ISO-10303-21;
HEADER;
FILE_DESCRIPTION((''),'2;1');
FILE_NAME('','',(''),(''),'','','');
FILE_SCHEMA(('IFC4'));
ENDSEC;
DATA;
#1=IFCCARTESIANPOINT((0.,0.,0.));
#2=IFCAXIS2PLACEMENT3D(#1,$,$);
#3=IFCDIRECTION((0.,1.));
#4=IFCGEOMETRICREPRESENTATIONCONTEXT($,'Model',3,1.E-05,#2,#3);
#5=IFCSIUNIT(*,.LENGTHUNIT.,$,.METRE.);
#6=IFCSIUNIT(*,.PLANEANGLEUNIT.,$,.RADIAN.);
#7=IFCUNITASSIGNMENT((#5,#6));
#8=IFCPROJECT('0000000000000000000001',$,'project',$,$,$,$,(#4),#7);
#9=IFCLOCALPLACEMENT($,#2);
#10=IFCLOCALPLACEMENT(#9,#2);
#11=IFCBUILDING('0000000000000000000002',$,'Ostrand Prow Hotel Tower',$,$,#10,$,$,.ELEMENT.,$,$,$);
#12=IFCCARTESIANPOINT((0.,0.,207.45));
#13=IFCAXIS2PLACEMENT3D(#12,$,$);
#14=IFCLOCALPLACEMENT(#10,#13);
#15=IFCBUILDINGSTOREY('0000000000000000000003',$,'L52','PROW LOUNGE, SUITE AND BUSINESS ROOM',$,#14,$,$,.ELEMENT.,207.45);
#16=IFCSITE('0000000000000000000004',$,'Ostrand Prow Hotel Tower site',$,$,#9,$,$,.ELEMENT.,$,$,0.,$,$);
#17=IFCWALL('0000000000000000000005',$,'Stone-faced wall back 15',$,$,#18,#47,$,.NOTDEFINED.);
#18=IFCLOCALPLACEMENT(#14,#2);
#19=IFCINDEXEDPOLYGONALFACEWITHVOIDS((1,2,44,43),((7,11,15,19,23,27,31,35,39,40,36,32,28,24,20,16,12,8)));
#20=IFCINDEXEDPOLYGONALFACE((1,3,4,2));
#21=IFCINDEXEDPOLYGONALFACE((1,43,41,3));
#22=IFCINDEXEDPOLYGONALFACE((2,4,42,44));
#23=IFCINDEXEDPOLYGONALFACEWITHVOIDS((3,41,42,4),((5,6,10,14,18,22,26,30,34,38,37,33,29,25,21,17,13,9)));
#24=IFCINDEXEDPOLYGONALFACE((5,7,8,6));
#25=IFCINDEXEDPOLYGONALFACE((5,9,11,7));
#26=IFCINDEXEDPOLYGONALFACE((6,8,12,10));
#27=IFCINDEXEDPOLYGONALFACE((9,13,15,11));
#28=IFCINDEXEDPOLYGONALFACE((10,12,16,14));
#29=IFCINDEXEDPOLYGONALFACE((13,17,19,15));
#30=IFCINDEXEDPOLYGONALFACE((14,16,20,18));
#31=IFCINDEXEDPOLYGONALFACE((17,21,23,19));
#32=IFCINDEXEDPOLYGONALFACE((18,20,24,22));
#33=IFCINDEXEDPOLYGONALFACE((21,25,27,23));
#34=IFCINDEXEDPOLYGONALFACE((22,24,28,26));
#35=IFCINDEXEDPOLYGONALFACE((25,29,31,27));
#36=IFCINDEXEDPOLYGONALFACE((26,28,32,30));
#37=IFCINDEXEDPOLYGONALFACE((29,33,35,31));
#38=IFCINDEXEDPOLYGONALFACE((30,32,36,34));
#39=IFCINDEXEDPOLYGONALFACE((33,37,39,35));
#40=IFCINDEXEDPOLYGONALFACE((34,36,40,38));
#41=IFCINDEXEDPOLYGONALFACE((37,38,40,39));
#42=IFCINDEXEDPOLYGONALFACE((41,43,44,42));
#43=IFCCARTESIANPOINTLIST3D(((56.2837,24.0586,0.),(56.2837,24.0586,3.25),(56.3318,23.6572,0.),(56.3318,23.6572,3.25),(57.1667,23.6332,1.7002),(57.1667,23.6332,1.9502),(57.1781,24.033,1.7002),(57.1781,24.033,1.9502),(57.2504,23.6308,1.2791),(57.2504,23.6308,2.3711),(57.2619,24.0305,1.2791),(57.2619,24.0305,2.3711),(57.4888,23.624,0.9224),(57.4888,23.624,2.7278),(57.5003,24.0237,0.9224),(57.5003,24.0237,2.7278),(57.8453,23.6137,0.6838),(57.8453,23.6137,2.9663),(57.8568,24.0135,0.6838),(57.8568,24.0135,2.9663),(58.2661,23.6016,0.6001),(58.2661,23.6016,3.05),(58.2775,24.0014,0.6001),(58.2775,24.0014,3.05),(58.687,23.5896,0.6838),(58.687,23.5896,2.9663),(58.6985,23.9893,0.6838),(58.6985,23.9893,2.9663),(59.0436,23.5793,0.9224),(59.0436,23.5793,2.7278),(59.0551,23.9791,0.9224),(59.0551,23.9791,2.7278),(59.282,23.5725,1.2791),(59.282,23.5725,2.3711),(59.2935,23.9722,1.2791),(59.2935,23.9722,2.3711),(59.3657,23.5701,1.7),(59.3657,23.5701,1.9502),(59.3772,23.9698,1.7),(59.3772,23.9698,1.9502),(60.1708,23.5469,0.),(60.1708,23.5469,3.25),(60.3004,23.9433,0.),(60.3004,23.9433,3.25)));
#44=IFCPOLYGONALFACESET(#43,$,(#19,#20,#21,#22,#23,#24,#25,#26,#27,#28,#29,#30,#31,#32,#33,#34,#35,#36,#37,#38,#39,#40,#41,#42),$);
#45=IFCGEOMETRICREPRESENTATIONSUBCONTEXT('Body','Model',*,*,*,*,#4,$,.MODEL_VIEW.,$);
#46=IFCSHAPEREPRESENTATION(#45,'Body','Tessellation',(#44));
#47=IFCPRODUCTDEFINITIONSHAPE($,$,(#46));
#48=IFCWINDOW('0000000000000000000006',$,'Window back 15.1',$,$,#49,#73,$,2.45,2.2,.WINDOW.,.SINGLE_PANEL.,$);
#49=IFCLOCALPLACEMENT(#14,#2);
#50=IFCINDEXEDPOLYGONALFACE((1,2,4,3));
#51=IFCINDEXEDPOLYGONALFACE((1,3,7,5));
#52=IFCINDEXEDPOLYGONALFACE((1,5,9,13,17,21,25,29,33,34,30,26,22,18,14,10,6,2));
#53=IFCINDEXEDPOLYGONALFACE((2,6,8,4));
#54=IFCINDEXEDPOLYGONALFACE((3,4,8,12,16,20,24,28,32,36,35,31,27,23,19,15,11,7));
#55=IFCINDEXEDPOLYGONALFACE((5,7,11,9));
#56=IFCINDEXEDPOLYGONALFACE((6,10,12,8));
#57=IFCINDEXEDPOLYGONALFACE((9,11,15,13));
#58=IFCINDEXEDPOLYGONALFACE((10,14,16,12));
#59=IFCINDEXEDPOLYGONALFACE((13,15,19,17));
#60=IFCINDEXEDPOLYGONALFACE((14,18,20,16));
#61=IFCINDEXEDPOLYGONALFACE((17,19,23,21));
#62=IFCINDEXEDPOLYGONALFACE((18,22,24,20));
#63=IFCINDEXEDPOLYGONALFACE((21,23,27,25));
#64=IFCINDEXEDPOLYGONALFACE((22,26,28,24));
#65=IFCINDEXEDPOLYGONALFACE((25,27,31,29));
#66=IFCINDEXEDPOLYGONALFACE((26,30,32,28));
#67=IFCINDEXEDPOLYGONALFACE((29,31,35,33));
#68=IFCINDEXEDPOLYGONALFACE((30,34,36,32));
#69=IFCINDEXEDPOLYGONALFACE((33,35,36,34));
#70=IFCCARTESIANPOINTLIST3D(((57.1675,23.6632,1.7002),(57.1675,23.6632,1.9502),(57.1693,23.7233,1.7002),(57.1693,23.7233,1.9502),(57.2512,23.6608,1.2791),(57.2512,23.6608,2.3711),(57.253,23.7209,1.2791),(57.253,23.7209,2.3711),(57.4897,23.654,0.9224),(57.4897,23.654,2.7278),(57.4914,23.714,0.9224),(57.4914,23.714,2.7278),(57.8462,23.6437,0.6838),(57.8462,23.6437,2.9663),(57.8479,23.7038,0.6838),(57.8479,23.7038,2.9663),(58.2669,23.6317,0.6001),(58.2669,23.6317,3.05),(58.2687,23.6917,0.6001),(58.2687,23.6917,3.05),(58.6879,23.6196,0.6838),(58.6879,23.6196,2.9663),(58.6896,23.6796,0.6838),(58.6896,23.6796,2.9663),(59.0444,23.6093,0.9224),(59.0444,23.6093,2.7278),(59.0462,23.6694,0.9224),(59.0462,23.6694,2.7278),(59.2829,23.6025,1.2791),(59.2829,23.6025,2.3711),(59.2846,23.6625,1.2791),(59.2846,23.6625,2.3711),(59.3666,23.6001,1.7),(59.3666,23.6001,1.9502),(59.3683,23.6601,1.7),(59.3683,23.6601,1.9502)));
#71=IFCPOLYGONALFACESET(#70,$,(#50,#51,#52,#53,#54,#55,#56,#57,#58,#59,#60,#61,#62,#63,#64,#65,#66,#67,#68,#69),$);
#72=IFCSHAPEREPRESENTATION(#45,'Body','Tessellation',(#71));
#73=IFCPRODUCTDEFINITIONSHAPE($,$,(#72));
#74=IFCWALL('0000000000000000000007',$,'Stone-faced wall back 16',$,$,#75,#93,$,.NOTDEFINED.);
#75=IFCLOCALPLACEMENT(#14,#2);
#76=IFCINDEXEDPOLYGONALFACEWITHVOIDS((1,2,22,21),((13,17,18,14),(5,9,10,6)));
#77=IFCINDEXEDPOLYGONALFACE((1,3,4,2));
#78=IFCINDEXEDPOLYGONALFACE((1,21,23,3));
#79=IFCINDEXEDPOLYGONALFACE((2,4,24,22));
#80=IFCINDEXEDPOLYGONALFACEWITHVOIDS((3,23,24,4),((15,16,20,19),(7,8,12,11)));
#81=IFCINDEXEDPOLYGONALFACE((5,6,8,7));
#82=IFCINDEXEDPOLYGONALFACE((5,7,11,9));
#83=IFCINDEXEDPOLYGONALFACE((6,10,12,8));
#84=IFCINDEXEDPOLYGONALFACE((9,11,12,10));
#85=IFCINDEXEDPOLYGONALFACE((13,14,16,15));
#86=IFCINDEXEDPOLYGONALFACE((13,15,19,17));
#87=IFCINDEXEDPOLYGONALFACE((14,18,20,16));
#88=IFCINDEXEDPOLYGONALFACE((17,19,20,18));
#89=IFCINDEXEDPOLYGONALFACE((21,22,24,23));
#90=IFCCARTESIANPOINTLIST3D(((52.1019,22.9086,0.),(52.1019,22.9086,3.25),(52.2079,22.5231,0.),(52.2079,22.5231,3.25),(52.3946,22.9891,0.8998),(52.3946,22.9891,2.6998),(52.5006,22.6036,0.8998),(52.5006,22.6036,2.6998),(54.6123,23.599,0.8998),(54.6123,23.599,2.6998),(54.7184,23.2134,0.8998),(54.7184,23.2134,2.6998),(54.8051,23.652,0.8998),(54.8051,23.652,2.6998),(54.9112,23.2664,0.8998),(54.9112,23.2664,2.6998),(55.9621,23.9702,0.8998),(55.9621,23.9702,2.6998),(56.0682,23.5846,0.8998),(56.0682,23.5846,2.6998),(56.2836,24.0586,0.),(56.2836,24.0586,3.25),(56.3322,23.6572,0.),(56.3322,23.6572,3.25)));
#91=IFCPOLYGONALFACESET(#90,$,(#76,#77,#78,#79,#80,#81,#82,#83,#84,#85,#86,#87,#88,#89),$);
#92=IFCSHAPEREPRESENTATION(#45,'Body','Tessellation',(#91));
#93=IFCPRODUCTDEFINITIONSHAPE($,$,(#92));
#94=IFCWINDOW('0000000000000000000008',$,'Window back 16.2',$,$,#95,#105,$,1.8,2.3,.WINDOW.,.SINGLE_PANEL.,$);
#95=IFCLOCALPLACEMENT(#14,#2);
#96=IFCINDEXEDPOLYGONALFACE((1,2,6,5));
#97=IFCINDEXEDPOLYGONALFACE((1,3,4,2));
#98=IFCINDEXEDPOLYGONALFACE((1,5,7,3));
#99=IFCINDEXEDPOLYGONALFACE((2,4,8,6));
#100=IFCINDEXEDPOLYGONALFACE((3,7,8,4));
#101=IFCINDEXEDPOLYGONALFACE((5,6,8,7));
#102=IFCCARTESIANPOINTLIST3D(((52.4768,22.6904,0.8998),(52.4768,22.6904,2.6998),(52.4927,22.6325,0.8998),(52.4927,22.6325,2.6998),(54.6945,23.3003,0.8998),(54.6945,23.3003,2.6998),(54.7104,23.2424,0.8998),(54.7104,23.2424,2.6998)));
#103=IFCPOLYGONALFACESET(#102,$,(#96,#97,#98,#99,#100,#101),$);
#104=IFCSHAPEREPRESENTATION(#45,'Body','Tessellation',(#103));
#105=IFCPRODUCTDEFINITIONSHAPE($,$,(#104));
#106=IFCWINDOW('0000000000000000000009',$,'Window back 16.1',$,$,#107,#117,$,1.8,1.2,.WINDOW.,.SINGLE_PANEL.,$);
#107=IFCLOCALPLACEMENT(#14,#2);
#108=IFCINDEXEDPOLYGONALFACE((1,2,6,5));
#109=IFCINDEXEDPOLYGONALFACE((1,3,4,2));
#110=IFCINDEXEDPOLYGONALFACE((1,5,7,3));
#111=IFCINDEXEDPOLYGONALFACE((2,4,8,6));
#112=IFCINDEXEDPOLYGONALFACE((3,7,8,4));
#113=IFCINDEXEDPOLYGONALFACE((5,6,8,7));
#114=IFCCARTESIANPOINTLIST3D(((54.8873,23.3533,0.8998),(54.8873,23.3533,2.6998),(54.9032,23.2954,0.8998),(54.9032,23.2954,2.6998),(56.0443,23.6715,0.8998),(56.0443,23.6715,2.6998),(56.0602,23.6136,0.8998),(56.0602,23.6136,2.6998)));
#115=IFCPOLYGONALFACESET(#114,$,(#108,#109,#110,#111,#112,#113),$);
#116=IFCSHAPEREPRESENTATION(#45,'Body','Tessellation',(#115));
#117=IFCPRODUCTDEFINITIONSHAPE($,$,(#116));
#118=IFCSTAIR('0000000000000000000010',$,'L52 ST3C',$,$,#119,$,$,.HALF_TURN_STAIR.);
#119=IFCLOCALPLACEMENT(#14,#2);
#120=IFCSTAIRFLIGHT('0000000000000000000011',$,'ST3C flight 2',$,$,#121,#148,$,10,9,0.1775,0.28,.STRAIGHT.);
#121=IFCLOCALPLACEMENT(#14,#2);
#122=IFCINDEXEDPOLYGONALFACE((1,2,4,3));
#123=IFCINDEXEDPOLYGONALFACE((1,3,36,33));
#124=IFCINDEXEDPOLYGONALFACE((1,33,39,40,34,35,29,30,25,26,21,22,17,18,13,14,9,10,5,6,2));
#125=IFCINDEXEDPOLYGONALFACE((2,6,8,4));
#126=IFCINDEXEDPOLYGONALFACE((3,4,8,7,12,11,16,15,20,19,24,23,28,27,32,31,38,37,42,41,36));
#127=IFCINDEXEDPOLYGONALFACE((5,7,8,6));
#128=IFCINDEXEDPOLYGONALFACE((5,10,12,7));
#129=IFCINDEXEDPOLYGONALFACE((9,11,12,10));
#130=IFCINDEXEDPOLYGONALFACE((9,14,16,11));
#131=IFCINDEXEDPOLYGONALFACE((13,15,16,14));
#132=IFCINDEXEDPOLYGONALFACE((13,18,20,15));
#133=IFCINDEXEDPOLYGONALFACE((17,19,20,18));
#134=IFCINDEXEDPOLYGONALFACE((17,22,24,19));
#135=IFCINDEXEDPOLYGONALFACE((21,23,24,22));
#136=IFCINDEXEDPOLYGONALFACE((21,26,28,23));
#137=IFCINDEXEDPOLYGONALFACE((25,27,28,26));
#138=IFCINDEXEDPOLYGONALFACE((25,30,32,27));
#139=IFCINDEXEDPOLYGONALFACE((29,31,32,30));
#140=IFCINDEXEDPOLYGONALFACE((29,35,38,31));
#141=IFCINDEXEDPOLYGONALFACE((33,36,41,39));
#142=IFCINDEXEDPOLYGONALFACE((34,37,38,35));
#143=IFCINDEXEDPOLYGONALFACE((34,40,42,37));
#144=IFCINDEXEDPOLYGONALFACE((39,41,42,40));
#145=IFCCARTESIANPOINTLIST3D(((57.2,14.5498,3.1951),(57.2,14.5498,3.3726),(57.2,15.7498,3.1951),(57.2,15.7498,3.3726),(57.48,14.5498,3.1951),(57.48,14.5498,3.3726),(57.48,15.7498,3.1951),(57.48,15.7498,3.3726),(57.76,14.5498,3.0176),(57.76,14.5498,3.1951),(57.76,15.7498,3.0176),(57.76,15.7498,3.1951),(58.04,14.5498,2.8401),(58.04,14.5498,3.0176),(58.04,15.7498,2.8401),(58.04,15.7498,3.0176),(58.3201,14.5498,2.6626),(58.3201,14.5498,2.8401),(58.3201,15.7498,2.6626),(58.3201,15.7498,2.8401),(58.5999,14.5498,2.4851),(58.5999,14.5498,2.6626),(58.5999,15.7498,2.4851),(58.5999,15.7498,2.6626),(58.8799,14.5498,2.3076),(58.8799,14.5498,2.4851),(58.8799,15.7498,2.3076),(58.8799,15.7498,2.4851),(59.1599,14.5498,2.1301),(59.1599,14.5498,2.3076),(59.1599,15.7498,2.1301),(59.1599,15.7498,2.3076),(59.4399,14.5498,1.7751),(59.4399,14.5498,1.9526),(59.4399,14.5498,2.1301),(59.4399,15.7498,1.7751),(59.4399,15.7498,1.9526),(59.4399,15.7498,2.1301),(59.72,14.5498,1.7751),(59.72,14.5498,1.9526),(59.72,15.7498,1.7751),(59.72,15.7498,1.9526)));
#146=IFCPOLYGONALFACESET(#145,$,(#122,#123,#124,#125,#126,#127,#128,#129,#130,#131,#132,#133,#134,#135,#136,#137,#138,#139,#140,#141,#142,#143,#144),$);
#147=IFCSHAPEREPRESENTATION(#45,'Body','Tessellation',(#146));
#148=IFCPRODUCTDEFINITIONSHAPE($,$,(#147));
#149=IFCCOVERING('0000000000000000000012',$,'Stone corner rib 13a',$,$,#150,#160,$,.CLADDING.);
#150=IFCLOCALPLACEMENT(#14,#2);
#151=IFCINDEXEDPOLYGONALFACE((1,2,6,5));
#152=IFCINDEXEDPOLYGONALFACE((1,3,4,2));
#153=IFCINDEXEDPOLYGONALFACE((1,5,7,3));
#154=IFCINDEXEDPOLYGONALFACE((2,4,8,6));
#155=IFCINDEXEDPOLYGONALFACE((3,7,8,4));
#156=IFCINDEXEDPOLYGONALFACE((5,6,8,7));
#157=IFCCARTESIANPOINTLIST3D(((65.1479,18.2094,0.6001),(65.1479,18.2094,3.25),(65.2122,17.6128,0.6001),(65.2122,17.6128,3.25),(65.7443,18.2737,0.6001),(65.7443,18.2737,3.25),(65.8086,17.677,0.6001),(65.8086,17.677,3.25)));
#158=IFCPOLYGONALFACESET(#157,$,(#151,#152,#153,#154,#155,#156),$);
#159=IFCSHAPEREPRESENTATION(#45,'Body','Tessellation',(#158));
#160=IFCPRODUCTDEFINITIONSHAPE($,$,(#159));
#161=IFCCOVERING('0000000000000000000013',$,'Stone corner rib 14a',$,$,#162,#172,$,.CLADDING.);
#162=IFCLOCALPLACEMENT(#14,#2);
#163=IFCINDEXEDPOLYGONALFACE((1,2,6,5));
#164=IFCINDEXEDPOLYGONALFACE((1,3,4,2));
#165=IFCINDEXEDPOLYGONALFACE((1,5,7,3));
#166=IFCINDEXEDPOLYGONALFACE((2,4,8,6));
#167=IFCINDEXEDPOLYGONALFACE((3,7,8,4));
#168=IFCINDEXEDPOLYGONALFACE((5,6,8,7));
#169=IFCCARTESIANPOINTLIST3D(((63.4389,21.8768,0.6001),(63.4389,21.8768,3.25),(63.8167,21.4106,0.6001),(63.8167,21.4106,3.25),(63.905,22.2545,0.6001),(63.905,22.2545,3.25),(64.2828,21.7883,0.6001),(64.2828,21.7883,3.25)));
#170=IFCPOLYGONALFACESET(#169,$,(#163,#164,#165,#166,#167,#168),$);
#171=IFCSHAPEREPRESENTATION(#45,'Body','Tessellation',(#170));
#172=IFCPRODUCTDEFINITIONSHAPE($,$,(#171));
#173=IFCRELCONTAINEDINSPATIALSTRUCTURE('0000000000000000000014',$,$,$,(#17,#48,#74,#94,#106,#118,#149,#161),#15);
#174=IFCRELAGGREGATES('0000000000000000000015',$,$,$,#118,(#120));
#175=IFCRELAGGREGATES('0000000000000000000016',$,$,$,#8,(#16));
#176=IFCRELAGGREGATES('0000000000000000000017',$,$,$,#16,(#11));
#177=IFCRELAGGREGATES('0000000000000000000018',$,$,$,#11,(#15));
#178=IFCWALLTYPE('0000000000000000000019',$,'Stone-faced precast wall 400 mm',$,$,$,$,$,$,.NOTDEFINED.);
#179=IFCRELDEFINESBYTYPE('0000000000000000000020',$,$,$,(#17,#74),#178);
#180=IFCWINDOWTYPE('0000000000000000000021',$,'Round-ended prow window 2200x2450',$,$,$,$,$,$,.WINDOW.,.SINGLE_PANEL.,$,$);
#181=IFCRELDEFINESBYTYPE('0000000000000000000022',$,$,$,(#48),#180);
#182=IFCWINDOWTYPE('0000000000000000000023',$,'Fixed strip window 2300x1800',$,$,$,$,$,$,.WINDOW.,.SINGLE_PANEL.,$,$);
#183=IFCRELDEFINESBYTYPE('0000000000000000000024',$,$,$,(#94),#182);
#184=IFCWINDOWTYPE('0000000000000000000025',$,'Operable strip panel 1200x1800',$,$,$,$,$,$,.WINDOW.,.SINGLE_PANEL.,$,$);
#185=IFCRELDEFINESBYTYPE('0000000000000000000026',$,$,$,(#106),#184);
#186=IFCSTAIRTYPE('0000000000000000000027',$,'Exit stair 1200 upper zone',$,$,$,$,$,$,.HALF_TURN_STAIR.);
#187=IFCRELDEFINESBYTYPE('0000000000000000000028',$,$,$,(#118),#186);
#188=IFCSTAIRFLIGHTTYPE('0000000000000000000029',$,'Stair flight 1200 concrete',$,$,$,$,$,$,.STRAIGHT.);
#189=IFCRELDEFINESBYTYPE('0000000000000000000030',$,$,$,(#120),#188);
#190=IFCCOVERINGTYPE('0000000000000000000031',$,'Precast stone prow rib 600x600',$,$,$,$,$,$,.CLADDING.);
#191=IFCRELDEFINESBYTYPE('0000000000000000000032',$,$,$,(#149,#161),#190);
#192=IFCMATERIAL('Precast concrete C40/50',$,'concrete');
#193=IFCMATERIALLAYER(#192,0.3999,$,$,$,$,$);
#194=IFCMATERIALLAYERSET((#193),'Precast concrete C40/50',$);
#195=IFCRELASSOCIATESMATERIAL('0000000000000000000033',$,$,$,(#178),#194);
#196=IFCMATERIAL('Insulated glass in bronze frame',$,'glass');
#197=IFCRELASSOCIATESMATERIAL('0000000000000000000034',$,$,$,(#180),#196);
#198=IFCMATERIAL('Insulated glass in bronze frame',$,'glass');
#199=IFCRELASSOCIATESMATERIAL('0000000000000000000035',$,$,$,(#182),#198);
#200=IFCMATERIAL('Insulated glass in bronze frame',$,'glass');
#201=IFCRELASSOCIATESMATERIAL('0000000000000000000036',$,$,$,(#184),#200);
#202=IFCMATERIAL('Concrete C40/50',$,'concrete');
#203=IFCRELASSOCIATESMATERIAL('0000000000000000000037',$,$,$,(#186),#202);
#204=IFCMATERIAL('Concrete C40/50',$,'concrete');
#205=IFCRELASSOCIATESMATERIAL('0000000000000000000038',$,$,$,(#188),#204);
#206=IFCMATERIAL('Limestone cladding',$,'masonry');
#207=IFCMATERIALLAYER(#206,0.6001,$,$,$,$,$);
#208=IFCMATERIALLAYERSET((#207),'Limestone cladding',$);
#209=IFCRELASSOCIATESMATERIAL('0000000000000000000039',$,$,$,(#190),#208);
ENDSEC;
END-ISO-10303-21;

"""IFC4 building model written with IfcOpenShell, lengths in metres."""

from ifc_helpers import new_model, si_unit, direction, frame, frame_2d, origin, place, context, subcontext, project, spatial, polyline, rectangle, outline, extrude, material, layer, layer_set, type_object, element, fill, aggregate, save


model = new_model("IFC4")

# Units and contexts
model_context = context("Model", 3, precision=1e-05, world=origin(), true_north=direction((0.0, 1.0)))
body_context = subcontext(model_context, "Body", "Model", "MODEL_VIEW")
ifc_project = project(units=[si_unit("LENGTHUNIT", "METRE"), si_unit("PLANEANGLEUNIT", "RADIAN")], contexts=[model_context])

# Site, building, storey
site_placement = place(None, origin())
site = spatial("IfcSite", under=ifc_project, at=site_placement, Name="Ostrand Prow Hotel Tower site", CompositionType="ELEMENT", RefElevation=0.0)
building_placement = place(site_placement, origin())
building = spatial("IfcBuilding", under=site, at=building_placement, Name="Ostrand Prow Hotel Tower", CompositionType="ELEMENT")
storey_placement = place(building_placement, frame((0.0, 0.0, 207.45)))
storey = spatial("IfcBuildingStorey", under=building, at=storey_placement, Name="L52", Description="PROW LOUNGE, SUITE AND BUSINESS ROOM", CompositionType="ELEMENT", Elevation=207.45)

# Wall, opening, window
ifc_material_1 = material(Name="Precast concrete C40/50", Category="concrete")
ifc_layer_1 = layer(ifc_material_1, 0.3999)
ifc_layer_set_1 = layer_set([ifc_layer_1], Name="Precast concrete C40/50")
wall_type_1 = type_object("IfcWallType", Name="Stone-faced precast wall 400 mm", PredefinedType="NOTDEFINED", material=ifc_layer_set_1)
ifc_material_2 = material(Name="Insulated glass in bronze frame", Category="glass")
window_type_1 = type_object("IfcWindowType", Name="Round-ended prow window 2200x2450", PartitioningType="SINGLE_PANEL", PredefinedType="WINDOW", material=ifc_material_2)
wall_1_placement = place(storey_placement, frame((60.2356, 23.7451, 0.0), z_axis=(0.0, 0.0, 1.0), x_axis=(-0.999588, 0.028705, 0.0)))
wall_1 = element("IfcWall", 1, at=wall_1_placement, inside=storey, type_object=wall_type_1, Name="Stone-faced wall back 15", PredefinedType="NOTDEFINED", context=body_context, shape_type="SweptSolid", body=[
    extrude(outline(polyline([(-0.0591, -0.2), (3.9592, -0.2), (3.8997, 0.2), (0.0591, 0.2), (-0.0591, -0.2)])), origin(), (0.0, 0.0, 1.0), 3.25),
])
opening_1_placement = place(wall_1_placement, frame((0.8645, 0.0, 0.6001)))
opening_1 = element("IfcOpeningElement", 2, at=opening_1_placement, cuts=wall_1, PredefinedType="OPENING", context=body_context, shape_type="SweptSolid", body=[
    extrude(outline(polyline([(0.0, 1.3501), (0.0837, 1.771), (0.3223, 2.1277), (0.679, 2.3662), (1.1001, 2.45), (1.521, 2.3662), (1.8777, 2.1277), (2.1162, 1.771), (2.2, 1.3501), (2.2, 1.1001), (2.1162, 0.679), (1.8777, 0.3223), (1.521, 0.0837), (1.1001, 0.0), (0.679, 0.0837), (0.3223, 0.3223), (0.0837, 0.679), (0.0, 1.0999), (0.0, 1.3501)])), frame((0.0, 0.21, 0.0), z_axis=(0.0, -1.0, 0.0), x_axis=(1.0, 0.0, 0.0)), (0.0, 0.0, 1.0), 0.4199),
])
window_1_placement = place(opening_1_placement, origin())
window_1 = element("IfcWindow", 3, at=window_1_placement, inside=storey, type_object=window_type_1, Name="Window back 15.1", OverallHeight=2.45, OverallWidth=2.2, PartitioningType="SINGLE_PANEL", PredefinedType="WINDOW", context=body_context, shape_type="SweptSolid", body=[
    extrude(outline(polyline([(0.0, 1.3501), (0.0837, 1.771), (0.3223, 2.1277), (0.679, 2.3662), (1.1001, 2.45), (1.521, 2.3662), (1.8777, 2.1277), (2.1162, 1.771), (2.2, 1.3501), (2.2, 1.1001), (2.1162, 0.679), (1.8777, 0.3223), (1.521, 0.0837), (1.1001, 0.0), (0.679, 0.0837), (0.3223, 0.3223), (0.0837, 0.679), (0.0, 1.0999), (0.0, 1.3501)])), frame((0.0, 0.1699, 0.0), z_axis=(0.0, -1.0, 0.0), x_axis=(1.0, 0.0, 0.0)), (0.0, 0.0, 1.0), 0.0601),
])
fill(opening_1, window_1)

# Wall, openings, windows
wall_2_placement = place(storey_placement, frame((56.3079, 23.8579, 0.0), z_axis=(0.0, 0.0, 1.0), x_axis=(-0.964206, -0.265155, 0.0)))
wall_2 = element("IfcWall", 4, at=wall_2_placement, inside=storey, type_object=wall_type_1, Name="Stone-faced wall back 16", PredefinedType="NOTDEFINED", context=body_context, shape_type="SweptSolid", body=[
    extrude(outline(polyline([(-0.0298, -0.2), (4.3071, -0.2), (4.3071, 0.2), (0.0298, 0.2), (-0.0298, -0.2)])), origin(), (0.0, 0.0, 1.0), 3.25),
])
opening_2_placement = place(wall_2_placement, frame((0.3035, 0.0, 0.8999)))
opening_2 = element("IfcOpeningElement", 5, at=opening_2_placement, cuts=wall_2, PredefinedType="OPENING", context=body_context, shape_type="SweptSolid", body=[
    extrude(rectangle(XDim=1.2, YDim=1.8, at=frame_2d((0.6001, 0.8999))), frame((0.0, 0.21, 0.0), z_axis=(0.0, -1.0, 0.0), x_axis=(1.0, 0.0, 0.0)), (0.0, 0.0, 1.0), 0.4199),
])
opening_3_placement = place(wall_2_placement, frame((1.7036, 0.0, 0.8999)))
opening_3 = element("IfcOpeningElement", 6, at=opening_3_placement, cuts=wall_2, PredefinedType="OPENING", context=body_context, shape_type="SweptSolid", body=[
    extrude(rectangle(XDim=2.3, YDim=1.8, at=frame_2d((1.1499, 0.8999))), frame((0.0, 0.21, 0.0), z_axis=(0.0, -1.0, 0.0), x_axis=(1.0, 0.0, 0.0)), (0.0, 0.0, 1.0), 0.4199),
])
ifc_material_3 = material(Name="Insulated glass in bronze frame", Category="glass")
window_type_2 = type_object("IfcWindowType", Name="Fixed strip window 2300x1800", PartitioningType="SINGLE_PANEL", PredefinedType="WINDOW", material=ifc_material_3)
window_2_placement = place(opening_3_placement, origin())
window_2 = element("IfcWindow", 7, at=window_2_placement, inside=storey, type_object=window_type_2, Name="Window back 16.2", OverallHeight=1.8, OverallWidth=2.3, PartitioningType="SINGLE_PANEL", PredefinedType="WINDOW", context=body_context, shape_type="SweptSolid", body=[
    extrude(rectangle(XDim=2.3, YDim=1.8, at=frame_2d((1.1499, 0.8999))), frame((0.0, 0.1699, 0.0), z_axis=(0.0, -1.0, 0.0), x_axis=(1.0, 0.0, 0.0)), (0.0, 0.0, 1.0), 0.0601),
])
fill(opening_3, window_2)
ifc_material_4 = material(Name="Insulated glass in bronze frame", Category="glass")
window_type_3 = type_object("IfcWindowType", Name="Operable strip panel 1200x1800", PartitioningType="SINGLE_PANEL", PredefinedType="WINDOW", material=ifc_material_4)
window_3_placement = place(opening_2_placement, origin())
window_3 = element("IfcWindow", 8, at=window_3_placement, inside=storey, type_object=window_type_3, Name="Window back 16.1", OverallHeight=1.8, OverallWidth=1.2, PartitioningType="SINGLE_PANEL", PredefinedType="WINDOW", context=body_context, shape_type="SweptSolid", body=[
    extrude(rectangle(XDim=1.2, YDim=1.8, at=frame_2d((0.6001, 0.8999))), frame((0.0, 0.1699, 0.0), z_axis=(0.0, -1.0, 0.0), x_axis=(1.0, 0.0, 0.0)), (0.0, 0.0, 1.0), 0.0601),
])
fill(opening_2, window_3)

# Stair, stair flight
ifc_material_5 = material(Name="Concrete C40/50", Category="concrete")
stair_type = type_object("IfcStairType", Name="Exit stair 1200 upper zone", PredefinedType="HALF_TURN_STAIR", material=ifc_material_5)
stair_placement = place(storey_placement, origin())
stair = element("IfcStair", 9, at=stair_placement, inside=storey, type_object=stair_type, Name="L52 ST3C", PredefinedType="HALF_TURN_STAIR")
ifc_material_6 = material(Name="Concrete C40/50", Category="concrete")
stair_flight_type = type_object("IfcStairFlightType", Name="Stair flight 1200 concrete", PredefinedType="STRAIGHT", material=ifc_material_6)
stair_flight_placement = place(storey_placement, frame((59.72, 15.1499, 1.7751), z_axis=(0.0, 0.0, 1.0), x_axis=(-1.0, 0.0, 0.0)))
stair_flight = element("IfcStairFlight", 10, at=stair_flight_placement, type_object=stair_flight_type, Name="ST3C flight 2", NumberOfRisers=10, NumberOfTreads=9, PredefinedType="STRAIGHT", RiserHeight=0.1775, TreadLength=0.28, context=body_context, shape_type="SweptSolid", body=[
    extrude(outline(polyline([(0.0, 0.0), (0.0, 0.1775), (0.28, 0.1775), (0.28, 0.355), (0.5601, 0.355), (0.5601, 0.5325), (0.8401, 0.5325), (0.8401, 0.71), (1.1201, 0.71), (1.1201, 0.8875), (1.3999, 0.8875), (1.3999, 1.0649), (1.6799, 1.0649), (1.6799, 1.2424), (1.96, 1.2424), (1.96, 1.4199), (2.24, 1.4199), (2.24, 1.5974), (2.52, 1.5974), (2.52, 1.7749), (2.52, 1.4199), (0.28, 0.0), (0.0, 0.0)])), frame((0.0, 0.6001, 0.0), z_axis=(0.0, -1.0, 0.0), x_axis=(1.0, 0.0, 0.0)), (0.0, 0.0, 1.0), 1.2),
])
aggregate(stair, [stair_flight])

# Coverings
ifc_material_7 = material(Name="Limestone cladding", Category="masonry")
ifc_layer_2 = layer(ifc_material_7, 0.6001)
ifc_layer_set_2 = layer_set([ifc_layer_2], Name="Limestone cladding")
covering_type = type_object("IfcCoveringType", Name="Precast stone prow rib 600x600", PredefinedType="CLADDING", material=ifc_layer_set_2)
for number, where, z_axis, x_axis, name in (
    (11, (65.1802, 17.9111, 0.6001), (0.0, 0.0, 1.0), (0.994255, 0.107036, 0.0), "Stone corner rib 13a"),
    (12, (63.6279, 21.6438, 0.6001), (0.0, 0.0, 1.0), (0.776923, 0.629596, 0.0), "Stone corner rib 14a"),
):
    element("IfcCovering", number, at=place(storey_placement, frame(where, z_axis=z_axis, x_axis=x_axis)), inside=storey, type_object=covering_type, Name=name, PredefinedType="CLADDING", context=body_context, shape_type="SweptSolid", body=[
        extrude(rectangle(XDim=0.5999, YDim=0.6001, at=frame_2d((0.2998, 0.0))), origin(), (0.0, 0.0, 1.0), 2.6499),
    ])

save(model, "model.ifc")
